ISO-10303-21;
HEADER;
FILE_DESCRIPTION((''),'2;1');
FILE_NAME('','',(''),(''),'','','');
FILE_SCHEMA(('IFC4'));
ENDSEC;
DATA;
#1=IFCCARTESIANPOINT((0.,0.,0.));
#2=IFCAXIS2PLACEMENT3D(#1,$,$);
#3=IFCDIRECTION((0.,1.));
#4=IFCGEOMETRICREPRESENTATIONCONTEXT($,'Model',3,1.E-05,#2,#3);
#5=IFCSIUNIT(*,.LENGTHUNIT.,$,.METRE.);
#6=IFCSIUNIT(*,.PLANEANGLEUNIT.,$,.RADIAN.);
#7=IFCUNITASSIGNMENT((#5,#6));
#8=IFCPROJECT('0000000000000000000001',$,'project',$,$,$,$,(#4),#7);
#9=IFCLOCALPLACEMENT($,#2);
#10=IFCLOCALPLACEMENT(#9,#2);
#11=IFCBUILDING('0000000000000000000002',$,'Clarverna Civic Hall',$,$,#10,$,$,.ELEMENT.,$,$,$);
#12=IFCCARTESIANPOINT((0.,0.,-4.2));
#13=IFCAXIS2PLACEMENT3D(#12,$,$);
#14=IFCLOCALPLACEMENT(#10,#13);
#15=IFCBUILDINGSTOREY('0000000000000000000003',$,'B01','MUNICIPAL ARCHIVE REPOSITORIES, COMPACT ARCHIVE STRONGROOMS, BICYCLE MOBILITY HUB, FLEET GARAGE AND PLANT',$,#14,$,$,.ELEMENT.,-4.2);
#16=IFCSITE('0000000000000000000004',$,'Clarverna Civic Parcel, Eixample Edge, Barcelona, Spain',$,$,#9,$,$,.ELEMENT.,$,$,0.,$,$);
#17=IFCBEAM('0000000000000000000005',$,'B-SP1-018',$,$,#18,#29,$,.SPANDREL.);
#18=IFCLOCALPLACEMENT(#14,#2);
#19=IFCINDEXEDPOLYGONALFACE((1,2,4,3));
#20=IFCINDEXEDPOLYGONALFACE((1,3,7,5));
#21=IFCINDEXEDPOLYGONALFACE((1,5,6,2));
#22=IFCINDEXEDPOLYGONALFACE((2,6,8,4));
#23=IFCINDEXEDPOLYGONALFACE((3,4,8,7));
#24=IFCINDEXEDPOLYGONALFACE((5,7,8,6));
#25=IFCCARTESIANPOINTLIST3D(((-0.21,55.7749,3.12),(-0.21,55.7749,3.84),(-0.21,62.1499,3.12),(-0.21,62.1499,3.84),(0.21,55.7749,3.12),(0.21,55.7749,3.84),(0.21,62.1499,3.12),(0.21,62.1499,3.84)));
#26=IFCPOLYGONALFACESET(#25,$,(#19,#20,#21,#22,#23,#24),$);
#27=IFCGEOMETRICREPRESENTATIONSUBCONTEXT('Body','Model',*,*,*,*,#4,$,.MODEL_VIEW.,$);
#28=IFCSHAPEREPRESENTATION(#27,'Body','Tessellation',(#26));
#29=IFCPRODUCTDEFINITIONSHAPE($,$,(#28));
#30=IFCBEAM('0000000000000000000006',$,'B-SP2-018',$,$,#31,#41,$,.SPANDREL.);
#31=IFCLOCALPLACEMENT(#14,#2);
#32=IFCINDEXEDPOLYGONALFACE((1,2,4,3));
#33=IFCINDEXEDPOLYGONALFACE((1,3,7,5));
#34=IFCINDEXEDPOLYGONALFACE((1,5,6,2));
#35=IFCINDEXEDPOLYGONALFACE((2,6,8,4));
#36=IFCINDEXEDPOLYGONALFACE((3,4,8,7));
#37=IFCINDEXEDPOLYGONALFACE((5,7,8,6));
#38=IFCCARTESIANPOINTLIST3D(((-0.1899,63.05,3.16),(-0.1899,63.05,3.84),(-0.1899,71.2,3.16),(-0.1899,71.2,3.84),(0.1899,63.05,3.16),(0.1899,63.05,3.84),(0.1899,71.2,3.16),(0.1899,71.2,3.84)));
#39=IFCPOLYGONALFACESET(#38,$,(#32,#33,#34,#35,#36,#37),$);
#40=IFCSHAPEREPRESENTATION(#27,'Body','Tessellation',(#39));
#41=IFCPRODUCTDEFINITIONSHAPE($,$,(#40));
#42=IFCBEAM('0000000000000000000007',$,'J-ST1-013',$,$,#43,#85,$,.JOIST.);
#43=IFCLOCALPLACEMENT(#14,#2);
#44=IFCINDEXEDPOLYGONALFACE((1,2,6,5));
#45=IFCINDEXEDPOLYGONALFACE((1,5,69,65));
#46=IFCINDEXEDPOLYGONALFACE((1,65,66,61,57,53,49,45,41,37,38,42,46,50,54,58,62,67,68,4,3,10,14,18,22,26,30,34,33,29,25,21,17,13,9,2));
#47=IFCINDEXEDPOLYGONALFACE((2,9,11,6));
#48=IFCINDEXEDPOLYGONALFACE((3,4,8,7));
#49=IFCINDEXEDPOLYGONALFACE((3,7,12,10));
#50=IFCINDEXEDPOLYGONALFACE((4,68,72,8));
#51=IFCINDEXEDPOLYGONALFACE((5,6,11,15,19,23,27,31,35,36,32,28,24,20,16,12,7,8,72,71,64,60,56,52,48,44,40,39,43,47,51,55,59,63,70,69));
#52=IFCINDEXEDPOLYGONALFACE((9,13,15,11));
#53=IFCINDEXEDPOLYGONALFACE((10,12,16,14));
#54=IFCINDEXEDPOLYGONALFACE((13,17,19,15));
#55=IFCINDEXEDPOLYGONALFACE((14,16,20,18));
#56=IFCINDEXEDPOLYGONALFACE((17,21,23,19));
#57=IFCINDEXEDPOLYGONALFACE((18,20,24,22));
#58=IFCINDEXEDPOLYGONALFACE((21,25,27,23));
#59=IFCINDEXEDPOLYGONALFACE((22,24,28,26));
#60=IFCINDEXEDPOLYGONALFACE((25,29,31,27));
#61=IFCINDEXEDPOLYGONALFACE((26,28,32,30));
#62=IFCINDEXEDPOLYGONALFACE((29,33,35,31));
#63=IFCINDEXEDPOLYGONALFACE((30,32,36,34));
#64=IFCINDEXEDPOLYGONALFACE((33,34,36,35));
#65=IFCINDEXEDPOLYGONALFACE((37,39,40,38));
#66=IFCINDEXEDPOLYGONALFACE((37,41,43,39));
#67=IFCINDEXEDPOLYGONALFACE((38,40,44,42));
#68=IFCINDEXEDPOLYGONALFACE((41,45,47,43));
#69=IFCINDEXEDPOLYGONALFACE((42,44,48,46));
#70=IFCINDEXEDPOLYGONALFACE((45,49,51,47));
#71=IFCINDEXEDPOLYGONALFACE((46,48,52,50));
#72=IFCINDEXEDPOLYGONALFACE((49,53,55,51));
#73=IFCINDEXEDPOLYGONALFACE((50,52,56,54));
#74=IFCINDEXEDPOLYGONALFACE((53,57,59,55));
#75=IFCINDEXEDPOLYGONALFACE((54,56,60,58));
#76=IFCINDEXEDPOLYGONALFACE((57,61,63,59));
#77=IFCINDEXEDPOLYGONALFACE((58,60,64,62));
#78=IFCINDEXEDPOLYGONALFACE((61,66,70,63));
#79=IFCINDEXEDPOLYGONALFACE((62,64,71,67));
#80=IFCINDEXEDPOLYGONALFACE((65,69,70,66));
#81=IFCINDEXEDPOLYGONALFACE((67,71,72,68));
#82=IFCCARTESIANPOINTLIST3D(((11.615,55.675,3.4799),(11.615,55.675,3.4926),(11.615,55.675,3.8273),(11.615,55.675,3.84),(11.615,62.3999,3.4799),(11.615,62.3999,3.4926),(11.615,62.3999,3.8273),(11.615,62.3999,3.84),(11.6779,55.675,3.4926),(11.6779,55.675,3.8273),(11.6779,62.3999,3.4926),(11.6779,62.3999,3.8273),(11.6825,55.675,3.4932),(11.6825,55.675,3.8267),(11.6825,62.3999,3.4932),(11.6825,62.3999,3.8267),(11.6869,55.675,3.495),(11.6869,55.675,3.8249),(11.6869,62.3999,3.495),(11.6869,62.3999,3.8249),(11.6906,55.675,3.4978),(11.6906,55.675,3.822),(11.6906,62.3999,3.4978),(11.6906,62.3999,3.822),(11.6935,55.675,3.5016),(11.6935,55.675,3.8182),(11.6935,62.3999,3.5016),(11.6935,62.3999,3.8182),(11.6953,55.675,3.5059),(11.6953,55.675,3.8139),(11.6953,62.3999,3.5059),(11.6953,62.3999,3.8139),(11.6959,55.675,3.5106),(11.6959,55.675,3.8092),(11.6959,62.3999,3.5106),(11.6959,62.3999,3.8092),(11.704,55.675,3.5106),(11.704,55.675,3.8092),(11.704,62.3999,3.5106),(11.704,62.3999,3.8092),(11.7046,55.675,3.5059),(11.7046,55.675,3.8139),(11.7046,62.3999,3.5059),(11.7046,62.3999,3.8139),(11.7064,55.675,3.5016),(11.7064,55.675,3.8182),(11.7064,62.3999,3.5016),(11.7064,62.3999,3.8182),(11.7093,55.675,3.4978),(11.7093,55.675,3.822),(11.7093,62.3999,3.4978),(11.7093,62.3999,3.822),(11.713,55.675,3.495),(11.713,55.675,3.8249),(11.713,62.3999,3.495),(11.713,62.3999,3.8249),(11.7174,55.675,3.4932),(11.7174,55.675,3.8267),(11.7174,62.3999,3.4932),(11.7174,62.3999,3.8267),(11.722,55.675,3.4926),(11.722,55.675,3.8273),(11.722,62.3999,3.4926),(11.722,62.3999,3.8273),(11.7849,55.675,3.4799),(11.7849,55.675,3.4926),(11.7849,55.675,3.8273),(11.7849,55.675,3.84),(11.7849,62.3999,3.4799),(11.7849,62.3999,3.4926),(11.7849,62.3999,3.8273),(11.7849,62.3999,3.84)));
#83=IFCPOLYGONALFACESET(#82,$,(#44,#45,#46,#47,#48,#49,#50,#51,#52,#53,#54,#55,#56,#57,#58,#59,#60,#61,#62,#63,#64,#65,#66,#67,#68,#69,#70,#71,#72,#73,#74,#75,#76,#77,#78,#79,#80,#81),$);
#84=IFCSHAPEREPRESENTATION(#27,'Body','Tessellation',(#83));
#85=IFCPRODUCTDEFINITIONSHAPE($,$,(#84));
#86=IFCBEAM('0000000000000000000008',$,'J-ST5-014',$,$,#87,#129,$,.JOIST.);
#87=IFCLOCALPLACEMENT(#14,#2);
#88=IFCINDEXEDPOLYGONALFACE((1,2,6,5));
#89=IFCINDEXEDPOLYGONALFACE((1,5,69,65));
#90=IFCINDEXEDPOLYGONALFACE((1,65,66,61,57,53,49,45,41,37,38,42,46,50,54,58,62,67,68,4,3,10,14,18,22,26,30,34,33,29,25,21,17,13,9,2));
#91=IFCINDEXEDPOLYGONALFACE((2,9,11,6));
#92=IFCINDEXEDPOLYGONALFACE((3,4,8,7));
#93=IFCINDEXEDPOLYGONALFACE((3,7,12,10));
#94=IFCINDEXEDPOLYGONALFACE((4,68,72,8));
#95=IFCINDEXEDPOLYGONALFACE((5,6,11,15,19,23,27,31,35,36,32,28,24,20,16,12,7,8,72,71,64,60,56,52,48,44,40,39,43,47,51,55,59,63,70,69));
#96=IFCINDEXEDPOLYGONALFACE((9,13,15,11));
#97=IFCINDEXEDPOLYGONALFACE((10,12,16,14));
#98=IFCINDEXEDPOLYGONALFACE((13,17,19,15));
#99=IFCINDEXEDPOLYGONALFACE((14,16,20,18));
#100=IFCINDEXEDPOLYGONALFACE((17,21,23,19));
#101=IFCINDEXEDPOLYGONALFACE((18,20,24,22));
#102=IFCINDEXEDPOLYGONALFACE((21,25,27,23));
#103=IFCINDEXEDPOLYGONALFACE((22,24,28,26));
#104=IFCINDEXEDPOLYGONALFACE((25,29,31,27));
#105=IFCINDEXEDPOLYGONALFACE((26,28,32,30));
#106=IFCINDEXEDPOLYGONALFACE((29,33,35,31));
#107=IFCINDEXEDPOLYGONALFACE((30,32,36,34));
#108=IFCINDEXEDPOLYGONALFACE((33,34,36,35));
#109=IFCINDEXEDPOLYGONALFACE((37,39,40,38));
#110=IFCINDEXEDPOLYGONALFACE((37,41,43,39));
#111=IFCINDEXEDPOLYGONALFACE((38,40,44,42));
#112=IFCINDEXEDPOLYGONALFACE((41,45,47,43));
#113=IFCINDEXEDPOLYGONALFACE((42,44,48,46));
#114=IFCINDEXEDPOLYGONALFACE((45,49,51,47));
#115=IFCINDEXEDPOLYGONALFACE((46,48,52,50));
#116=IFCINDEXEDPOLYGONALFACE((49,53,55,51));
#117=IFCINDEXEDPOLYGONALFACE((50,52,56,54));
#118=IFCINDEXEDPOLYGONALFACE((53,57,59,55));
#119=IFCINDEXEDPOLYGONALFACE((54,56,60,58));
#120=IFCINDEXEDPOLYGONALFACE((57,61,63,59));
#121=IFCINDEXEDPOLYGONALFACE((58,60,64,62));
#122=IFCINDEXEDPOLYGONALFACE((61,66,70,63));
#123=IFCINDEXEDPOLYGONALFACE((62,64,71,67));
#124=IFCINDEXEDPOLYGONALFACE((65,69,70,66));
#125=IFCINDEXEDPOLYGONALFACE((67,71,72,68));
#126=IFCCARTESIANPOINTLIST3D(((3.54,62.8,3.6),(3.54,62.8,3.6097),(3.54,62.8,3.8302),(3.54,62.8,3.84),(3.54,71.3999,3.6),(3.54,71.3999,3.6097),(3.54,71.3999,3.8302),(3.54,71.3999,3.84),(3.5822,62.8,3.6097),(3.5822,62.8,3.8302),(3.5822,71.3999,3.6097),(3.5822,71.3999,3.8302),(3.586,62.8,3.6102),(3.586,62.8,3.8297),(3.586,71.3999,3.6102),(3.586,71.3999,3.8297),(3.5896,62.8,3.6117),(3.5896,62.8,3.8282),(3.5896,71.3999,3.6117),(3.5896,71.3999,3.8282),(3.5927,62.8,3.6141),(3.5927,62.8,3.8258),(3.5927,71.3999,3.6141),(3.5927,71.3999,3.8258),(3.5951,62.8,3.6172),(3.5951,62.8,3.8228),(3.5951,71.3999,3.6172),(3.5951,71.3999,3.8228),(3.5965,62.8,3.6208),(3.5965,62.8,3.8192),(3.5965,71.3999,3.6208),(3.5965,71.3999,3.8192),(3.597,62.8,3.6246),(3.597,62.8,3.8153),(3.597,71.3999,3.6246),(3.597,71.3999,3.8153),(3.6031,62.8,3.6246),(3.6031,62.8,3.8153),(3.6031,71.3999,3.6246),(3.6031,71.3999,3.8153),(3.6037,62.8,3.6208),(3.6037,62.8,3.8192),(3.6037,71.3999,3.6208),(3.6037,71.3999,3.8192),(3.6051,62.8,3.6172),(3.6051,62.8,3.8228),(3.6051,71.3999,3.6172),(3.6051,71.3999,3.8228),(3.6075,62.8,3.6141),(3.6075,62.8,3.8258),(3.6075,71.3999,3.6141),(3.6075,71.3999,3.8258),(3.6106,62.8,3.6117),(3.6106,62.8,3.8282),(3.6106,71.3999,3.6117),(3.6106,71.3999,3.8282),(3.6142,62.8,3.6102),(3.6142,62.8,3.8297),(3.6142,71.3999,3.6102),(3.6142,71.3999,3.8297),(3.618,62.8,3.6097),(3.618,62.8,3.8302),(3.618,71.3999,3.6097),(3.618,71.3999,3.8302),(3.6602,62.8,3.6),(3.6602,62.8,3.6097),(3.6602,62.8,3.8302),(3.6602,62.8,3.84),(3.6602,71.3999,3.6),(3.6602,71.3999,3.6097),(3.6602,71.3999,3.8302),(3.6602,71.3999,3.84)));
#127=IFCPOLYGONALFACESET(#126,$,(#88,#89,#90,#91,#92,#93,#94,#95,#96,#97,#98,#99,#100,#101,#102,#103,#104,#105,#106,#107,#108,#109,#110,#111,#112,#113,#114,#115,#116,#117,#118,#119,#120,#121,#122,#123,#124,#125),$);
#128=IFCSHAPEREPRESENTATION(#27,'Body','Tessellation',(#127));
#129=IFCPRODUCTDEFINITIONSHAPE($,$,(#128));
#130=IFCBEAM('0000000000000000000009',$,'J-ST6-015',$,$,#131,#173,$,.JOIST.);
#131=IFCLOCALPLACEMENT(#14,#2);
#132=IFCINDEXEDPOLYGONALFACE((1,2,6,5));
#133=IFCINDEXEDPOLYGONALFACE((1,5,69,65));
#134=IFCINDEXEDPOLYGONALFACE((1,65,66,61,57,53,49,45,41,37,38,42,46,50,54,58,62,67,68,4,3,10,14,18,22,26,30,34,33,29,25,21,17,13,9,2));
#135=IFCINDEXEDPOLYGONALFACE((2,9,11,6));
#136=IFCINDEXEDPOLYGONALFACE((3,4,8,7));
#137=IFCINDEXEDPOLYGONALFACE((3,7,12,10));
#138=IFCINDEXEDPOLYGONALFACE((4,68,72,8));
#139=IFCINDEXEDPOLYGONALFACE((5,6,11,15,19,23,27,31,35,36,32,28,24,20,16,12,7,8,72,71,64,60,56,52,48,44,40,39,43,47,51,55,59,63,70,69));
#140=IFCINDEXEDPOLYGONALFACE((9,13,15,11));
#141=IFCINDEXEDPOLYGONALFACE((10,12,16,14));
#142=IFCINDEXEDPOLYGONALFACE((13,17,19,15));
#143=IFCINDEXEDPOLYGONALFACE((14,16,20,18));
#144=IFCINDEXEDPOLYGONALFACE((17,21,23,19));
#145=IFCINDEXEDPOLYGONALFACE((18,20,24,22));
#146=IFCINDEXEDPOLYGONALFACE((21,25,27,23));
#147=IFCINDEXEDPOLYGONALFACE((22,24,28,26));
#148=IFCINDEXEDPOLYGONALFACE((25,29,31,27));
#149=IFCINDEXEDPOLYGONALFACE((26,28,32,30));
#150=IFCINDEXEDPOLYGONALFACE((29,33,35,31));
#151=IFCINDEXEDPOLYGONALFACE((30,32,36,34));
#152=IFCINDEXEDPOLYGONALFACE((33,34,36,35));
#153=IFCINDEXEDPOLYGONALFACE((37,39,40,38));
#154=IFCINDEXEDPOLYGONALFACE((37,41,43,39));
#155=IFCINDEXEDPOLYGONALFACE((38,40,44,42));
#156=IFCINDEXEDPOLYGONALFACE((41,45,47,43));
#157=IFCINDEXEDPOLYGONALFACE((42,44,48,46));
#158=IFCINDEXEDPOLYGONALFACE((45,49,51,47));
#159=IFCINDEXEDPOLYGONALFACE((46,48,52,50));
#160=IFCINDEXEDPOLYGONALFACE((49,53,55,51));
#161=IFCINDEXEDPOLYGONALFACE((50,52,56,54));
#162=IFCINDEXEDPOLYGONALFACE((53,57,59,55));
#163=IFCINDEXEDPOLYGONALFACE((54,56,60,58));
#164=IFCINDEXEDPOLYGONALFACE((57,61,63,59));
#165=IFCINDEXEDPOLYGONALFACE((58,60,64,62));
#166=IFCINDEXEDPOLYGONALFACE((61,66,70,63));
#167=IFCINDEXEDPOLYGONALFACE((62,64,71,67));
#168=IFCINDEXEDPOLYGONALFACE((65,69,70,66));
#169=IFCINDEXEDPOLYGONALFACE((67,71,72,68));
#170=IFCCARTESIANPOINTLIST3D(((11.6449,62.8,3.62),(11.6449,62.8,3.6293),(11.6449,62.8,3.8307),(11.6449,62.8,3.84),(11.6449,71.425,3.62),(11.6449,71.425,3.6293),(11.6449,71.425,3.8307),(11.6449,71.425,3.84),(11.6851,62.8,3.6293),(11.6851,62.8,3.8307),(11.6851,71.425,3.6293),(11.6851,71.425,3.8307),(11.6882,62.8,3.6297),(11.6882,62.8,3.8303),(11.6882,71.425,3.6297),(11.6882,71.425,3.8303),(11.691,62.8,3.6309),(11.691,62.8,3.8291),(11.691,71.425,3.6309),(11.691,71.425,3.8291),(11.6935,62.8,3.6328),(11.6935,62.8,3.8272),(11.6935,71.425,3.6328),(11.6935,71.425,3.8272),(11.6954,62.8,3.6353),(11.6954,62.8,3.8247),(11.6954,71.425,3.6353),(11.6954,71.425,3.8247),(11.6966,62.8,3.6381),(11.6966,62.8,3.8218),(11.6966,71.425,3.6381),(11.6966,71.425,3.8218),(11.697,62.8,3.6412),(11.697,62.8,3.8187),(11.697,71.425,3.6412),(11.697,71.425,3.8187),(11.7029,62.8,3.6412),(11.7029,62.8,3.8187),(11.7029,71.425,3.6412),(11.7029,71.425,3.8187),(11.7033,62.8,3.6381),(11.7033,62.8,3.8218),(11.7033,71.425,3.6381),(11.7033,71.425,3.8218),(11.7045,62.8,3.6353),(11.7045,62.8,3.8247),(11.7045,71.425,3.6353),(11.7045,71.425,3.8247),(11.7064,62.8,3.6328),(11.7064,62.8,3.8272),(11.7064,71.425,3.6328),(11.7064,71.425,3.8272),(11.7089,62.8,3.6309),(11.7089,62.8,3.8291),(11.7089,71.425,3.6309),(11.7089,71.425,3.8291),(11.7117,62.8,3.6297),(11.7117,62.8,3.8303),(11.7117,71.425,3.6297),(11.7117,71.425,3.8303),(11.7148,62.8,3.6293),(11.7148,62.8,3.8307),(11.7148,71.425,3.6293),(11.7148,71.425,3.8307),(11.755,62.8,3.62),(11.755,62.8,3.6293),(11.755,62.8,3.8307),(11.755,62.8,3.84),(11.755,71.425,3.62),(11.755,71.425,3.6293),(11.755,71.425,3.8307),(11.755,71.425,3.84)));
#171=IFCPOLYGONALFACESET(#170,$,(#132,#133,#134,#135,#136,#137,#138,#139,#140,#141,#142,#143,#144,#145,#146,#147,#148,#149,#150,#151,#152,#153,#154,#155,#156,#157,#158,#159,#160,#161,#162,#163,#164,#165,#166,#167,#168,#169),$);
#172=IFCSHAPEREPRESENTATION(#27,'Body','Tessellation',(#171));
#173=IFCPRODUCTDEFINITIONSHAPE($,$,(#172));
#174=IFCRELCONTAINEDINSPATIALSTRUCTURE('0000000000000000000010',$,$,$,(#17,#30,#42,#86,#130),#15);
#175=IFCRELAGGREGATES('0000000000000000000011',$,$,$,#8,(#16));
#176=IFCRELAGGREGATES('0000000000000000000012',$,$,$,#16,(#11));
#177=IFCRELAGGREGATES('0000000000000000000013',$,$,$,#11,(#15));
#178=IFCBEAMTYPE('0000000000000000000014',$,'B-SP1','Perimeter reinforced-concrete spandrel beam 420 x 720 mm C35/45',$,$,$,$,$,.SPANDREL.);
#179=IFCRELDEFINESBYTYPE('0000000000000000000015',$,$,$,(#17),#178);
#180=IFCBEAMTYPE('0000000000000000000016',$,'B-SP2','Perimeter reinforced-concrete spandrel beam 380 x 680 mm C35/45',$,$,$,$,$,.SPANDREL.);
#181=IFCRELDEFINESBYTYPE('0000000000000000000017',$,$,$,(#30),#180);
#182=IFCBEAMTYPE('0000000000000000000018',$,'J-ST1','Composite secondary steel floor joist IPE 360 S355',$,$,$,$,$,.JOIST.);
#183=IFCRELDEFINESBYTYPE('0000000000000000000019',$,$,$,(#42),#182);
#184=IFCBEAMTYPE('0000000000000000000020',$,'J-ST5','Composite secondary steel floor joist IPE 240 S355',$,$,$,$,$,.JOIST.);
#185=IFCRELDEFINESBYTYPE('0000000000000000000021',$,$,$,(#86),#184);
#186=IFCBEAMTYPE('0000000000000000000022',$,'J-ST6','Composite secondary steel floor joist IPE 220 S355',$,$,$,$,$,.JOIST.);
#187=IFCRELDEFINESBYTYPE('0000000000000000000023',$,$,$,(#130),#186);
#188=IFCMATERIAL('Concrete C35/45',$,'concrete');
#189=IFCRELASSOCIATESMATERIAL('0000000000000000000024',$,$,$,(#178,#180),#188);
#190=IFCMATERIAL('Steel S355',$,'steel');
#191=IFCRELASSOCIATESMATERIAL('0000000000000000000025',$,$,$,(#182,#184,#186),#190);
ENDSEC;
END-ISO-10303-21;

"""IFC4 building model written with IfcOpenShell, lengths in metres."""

from ifc_helpers import new_model, si_unit, direction, frame, origin, origin_2d, place, context, subcontext, project, spatial, rectangle, i_section, extrude, material, material_profile, profile_set, type_object, element, save


model = new_model("IFC4")

# Units and contexts
model_context = context("Model", 3, precision=1e-05, world=origin(), true_north=direction((0.0, 1.0)))
body_context = subcontext(model_context, "Body", "Model", "MODEL_VIEW")
ifc_project = project(units=[si_unit("LENGTHUNIT", "METRE"), si_unit("PLANEANGLEUNIT", "RADIAN")], contexts=[model_context])

# Site, building, storey
site_placement = place(None, origin())
site = spatial("IfcSite", under=ifc_project, at=site_placement, Name="Clarverna Civic Parcel, Eixample Edge, Barcelona, Spain", CompositionType="ELEMENT", RefElevation=0.0)
building_placement = place(site_placement, origin())
building = spatial("IfcBuilding", under=site, at=building_placement, Name="Clarverna Civic Hall", CompositionType="ELEMENT")
storey_placement = place(building_placement, frame((0.0, 0.0, -4.2)))
storey = spatial("IfcBuildingStorey", under=building, at=storey_placement, Name="B01", Description="MUNICIPAL ARCHIVE REPOSITORIES, COMPACT ARCHIVE STRONGROOMS, BICYCLE MOBILITY HUB, FLEET GARAGE AND PLANT", CompositionType="ELEMENT", Elevation=-4.2)

# Beams
ifc_material_1 = material(Name="Concrete C35/45", Category="concrete")
ifc_material_profile_1 = material_profile(ifc_material_1, rectangle(XDim=0.4199, YDim=0.72, at=origin_2d()), Name="RC 420x720")
ifc_profile_set_1 = profile_set([ifc_material_profile_1], Name="Concrete C35/45")
beam_type_1 = type_object("IfcBeamType", Name="B-SP1", Description="Perimeter reinforced-concrete spandrel beam 420 x 720 mm C35/45", PredefinedType="SPANDREL", material=ifc_profile_set_1)
beam_1_placement = place(storey_placement, frame((0.0, 55.7749, 3.48), z_axis=(0.0, 1.0, 0.0), x_axis=(-1.0, 0.0, 0.0)))
element("IfcBeam", 1, at=beam_1_placement, inside=storey, type_object=beam_type_1, Name="B-SP1-018", PredefinedType="SPANDREL", context=body_context, shape_type="SweptSolid", body=[
    extrude(rectangle(XDim=0.4199, YDim=0.72, at=origin_2d()), origin(), (0.0, 0.0, 1.0), 6.375),
])
ifc_material_profile_2 = material_profile(ifc_material_1, rectangle(XDim=0.3799, YDim=0.6799, at=origin_2d()), Name="RC 380x680")
ifc_profile_set_2 = profile_set([ifc_material_profile_2], Name="Concrete C35/45")
beam_type_2 = type_object("IfcBeamType", Name="B-SP2", Description="Perimeter reinforced-concrete spandrel beam 380 x 680 mm C35/45", PredefinedType="SPANDREL", material=ifc_profile_set_2)
beam_2_placement = place(storey_placement, frame((0.0, 63.05, 3.5), z_axis=(0.0, 1.0, 0.0), x_axis=(-1.0, 0.0, 0.0)))
element("IfcBeam", 2, at=beam_2_placement, inside=storey, type_object=beam_type_2, Name="B-SP2-018", PredefinedType="SPANDREL", context=body_context, shape_type="SweptSolid", body=[
    extrude(rectangle(XDim=0.3799, YDim=0.6799, at=origin_2d()), origin(), (0.0, 0.0, 1.0), 8.1499),
])
ifc_material_2 = material(Name="Steel S355", Category="steel")
ifc_material_profile_3 = material_profile(ifc_material_2, i_section(OverallWidth=0.1699, OverallDepth=0.3601, WebThickness=0.0081, FlangeThickness=0.0127, FilletRadius=0.0181, at=origin_2d()), Name="IPE 360")
ifc_profile_set_3 = profile_set([ifc_material_profile_3], Name="Steel S355")
beam_type_3 = type_object("IfcBeamType", Name="J-ST1", Description="Composite secondary steel floor joist IPE 360 S355", PredefinedType="JOIST", material=ifc_profile_set_3)
beam_3_placement = place(storey_placement, frame((11.7, 55.675, 3.6599), z_axis=(0.0, 1.0, 0.0), x_axis=(-1.0, 0.0, 0.0)))
element("IfcBeam", 3, at=beam_3_placement, inside=storey, type_object=beam_type_3, Name="J-ST1-013", PredefinedType="JOIST", context=body_context, shape_type="SweptSolid", body=[
    extrude(i_section(OverallWidth=0.1699, OverallDepth=0.3601, WebThickness=0.0081, FlangeThickness=0.0127, FilletRadius=0.0181, at=origin_2d()), origin(), (0.0, 0.0, 1.0), 6.7249),
])
ifc_material_profile_4 = material_profile(ifc_material_2, i_section(OverallWidth=0.1201, OverallDepth=0.24, WebThickness=0.0061, FlangeThickness=0.0098, FilletRadius=0.0149, at=origin_2d()), Name="IPE 240")
ifc_profile_set_4 = profile_set([ifc_material_profile_4], Name="Steel S355")
beam_type_4 = type_object("IfcBeamType", Name="J-ST5", Description="Composite secondary steel floor joist IPE 240 S355", PredefinedType="JOIST", material=ifc_profile_set_4)
beam_4_placement = place(storey_placement, frame((3.6001, 62.8, 3.72), z_axis=(0.0, 1.0, 0.0), x_axis=(-1.0, 0.0, 0.0)))
element("IfcBeam", 4, at=beam_4_placement, inside=storey, type_object=beam_type_4, Name="J-ST5-014", PredefinedType="JOIST", context=body_context, shape_type="SweptSolid", body=[
    extrude(i_section(OverallWidth=0.1201, OverallDepth=0.24, WebThickness=0.0061, FlangeThickness=0.0098, FilletRadius=0.0149, at=origin_2d()), origin(), (0.0, 0.0, 1.0), 8.5999),
])
ifc_material_profile_5 = material_profile(ifc_material_2, i_section(OverallWidth=0.1101, OverallDepth=0.22, WebThickness=0.0059, FlangeThickness=0.0093, FilletRadius=0.012, at=origin_2d()), Name="IPE 220")
ifc_profile_set_5 = profile_set([ifc_material_profile_5], Name="Steel S355")
beam_type_5 = type_object("IfcBeamType", Name="J-ST6", Description="Composite secondary steel floor joist IPE 220 S355", PredefinedType="JOIST", material=ifc_profile_set_5)
beam_5_placement = place(storey_placement, frame((11.7, 62.8, 3.73), z_axis=(0.0, 1.0, 0.0), x_axis=(-1.0, 0.0, 0.0)))
element("IfcBeam", 5, at=beam_5_placement, inside=storey, type_object=beam_type_5, Name="J-ST6-015", PredefinedType="JOIST", context=body_context, shape_type="SweptSolid", body=[
    extrude(i_section(OverallWidth=0.1101, OverallDepth=0.22, WebThickness=0.0059, FlangeThickness=0.0093, FilletRadius=0.012, at=origin_2d()), origin(), (0.0, 0.0, 1.0), 8.625),
])

save(model, "model.ifc")
